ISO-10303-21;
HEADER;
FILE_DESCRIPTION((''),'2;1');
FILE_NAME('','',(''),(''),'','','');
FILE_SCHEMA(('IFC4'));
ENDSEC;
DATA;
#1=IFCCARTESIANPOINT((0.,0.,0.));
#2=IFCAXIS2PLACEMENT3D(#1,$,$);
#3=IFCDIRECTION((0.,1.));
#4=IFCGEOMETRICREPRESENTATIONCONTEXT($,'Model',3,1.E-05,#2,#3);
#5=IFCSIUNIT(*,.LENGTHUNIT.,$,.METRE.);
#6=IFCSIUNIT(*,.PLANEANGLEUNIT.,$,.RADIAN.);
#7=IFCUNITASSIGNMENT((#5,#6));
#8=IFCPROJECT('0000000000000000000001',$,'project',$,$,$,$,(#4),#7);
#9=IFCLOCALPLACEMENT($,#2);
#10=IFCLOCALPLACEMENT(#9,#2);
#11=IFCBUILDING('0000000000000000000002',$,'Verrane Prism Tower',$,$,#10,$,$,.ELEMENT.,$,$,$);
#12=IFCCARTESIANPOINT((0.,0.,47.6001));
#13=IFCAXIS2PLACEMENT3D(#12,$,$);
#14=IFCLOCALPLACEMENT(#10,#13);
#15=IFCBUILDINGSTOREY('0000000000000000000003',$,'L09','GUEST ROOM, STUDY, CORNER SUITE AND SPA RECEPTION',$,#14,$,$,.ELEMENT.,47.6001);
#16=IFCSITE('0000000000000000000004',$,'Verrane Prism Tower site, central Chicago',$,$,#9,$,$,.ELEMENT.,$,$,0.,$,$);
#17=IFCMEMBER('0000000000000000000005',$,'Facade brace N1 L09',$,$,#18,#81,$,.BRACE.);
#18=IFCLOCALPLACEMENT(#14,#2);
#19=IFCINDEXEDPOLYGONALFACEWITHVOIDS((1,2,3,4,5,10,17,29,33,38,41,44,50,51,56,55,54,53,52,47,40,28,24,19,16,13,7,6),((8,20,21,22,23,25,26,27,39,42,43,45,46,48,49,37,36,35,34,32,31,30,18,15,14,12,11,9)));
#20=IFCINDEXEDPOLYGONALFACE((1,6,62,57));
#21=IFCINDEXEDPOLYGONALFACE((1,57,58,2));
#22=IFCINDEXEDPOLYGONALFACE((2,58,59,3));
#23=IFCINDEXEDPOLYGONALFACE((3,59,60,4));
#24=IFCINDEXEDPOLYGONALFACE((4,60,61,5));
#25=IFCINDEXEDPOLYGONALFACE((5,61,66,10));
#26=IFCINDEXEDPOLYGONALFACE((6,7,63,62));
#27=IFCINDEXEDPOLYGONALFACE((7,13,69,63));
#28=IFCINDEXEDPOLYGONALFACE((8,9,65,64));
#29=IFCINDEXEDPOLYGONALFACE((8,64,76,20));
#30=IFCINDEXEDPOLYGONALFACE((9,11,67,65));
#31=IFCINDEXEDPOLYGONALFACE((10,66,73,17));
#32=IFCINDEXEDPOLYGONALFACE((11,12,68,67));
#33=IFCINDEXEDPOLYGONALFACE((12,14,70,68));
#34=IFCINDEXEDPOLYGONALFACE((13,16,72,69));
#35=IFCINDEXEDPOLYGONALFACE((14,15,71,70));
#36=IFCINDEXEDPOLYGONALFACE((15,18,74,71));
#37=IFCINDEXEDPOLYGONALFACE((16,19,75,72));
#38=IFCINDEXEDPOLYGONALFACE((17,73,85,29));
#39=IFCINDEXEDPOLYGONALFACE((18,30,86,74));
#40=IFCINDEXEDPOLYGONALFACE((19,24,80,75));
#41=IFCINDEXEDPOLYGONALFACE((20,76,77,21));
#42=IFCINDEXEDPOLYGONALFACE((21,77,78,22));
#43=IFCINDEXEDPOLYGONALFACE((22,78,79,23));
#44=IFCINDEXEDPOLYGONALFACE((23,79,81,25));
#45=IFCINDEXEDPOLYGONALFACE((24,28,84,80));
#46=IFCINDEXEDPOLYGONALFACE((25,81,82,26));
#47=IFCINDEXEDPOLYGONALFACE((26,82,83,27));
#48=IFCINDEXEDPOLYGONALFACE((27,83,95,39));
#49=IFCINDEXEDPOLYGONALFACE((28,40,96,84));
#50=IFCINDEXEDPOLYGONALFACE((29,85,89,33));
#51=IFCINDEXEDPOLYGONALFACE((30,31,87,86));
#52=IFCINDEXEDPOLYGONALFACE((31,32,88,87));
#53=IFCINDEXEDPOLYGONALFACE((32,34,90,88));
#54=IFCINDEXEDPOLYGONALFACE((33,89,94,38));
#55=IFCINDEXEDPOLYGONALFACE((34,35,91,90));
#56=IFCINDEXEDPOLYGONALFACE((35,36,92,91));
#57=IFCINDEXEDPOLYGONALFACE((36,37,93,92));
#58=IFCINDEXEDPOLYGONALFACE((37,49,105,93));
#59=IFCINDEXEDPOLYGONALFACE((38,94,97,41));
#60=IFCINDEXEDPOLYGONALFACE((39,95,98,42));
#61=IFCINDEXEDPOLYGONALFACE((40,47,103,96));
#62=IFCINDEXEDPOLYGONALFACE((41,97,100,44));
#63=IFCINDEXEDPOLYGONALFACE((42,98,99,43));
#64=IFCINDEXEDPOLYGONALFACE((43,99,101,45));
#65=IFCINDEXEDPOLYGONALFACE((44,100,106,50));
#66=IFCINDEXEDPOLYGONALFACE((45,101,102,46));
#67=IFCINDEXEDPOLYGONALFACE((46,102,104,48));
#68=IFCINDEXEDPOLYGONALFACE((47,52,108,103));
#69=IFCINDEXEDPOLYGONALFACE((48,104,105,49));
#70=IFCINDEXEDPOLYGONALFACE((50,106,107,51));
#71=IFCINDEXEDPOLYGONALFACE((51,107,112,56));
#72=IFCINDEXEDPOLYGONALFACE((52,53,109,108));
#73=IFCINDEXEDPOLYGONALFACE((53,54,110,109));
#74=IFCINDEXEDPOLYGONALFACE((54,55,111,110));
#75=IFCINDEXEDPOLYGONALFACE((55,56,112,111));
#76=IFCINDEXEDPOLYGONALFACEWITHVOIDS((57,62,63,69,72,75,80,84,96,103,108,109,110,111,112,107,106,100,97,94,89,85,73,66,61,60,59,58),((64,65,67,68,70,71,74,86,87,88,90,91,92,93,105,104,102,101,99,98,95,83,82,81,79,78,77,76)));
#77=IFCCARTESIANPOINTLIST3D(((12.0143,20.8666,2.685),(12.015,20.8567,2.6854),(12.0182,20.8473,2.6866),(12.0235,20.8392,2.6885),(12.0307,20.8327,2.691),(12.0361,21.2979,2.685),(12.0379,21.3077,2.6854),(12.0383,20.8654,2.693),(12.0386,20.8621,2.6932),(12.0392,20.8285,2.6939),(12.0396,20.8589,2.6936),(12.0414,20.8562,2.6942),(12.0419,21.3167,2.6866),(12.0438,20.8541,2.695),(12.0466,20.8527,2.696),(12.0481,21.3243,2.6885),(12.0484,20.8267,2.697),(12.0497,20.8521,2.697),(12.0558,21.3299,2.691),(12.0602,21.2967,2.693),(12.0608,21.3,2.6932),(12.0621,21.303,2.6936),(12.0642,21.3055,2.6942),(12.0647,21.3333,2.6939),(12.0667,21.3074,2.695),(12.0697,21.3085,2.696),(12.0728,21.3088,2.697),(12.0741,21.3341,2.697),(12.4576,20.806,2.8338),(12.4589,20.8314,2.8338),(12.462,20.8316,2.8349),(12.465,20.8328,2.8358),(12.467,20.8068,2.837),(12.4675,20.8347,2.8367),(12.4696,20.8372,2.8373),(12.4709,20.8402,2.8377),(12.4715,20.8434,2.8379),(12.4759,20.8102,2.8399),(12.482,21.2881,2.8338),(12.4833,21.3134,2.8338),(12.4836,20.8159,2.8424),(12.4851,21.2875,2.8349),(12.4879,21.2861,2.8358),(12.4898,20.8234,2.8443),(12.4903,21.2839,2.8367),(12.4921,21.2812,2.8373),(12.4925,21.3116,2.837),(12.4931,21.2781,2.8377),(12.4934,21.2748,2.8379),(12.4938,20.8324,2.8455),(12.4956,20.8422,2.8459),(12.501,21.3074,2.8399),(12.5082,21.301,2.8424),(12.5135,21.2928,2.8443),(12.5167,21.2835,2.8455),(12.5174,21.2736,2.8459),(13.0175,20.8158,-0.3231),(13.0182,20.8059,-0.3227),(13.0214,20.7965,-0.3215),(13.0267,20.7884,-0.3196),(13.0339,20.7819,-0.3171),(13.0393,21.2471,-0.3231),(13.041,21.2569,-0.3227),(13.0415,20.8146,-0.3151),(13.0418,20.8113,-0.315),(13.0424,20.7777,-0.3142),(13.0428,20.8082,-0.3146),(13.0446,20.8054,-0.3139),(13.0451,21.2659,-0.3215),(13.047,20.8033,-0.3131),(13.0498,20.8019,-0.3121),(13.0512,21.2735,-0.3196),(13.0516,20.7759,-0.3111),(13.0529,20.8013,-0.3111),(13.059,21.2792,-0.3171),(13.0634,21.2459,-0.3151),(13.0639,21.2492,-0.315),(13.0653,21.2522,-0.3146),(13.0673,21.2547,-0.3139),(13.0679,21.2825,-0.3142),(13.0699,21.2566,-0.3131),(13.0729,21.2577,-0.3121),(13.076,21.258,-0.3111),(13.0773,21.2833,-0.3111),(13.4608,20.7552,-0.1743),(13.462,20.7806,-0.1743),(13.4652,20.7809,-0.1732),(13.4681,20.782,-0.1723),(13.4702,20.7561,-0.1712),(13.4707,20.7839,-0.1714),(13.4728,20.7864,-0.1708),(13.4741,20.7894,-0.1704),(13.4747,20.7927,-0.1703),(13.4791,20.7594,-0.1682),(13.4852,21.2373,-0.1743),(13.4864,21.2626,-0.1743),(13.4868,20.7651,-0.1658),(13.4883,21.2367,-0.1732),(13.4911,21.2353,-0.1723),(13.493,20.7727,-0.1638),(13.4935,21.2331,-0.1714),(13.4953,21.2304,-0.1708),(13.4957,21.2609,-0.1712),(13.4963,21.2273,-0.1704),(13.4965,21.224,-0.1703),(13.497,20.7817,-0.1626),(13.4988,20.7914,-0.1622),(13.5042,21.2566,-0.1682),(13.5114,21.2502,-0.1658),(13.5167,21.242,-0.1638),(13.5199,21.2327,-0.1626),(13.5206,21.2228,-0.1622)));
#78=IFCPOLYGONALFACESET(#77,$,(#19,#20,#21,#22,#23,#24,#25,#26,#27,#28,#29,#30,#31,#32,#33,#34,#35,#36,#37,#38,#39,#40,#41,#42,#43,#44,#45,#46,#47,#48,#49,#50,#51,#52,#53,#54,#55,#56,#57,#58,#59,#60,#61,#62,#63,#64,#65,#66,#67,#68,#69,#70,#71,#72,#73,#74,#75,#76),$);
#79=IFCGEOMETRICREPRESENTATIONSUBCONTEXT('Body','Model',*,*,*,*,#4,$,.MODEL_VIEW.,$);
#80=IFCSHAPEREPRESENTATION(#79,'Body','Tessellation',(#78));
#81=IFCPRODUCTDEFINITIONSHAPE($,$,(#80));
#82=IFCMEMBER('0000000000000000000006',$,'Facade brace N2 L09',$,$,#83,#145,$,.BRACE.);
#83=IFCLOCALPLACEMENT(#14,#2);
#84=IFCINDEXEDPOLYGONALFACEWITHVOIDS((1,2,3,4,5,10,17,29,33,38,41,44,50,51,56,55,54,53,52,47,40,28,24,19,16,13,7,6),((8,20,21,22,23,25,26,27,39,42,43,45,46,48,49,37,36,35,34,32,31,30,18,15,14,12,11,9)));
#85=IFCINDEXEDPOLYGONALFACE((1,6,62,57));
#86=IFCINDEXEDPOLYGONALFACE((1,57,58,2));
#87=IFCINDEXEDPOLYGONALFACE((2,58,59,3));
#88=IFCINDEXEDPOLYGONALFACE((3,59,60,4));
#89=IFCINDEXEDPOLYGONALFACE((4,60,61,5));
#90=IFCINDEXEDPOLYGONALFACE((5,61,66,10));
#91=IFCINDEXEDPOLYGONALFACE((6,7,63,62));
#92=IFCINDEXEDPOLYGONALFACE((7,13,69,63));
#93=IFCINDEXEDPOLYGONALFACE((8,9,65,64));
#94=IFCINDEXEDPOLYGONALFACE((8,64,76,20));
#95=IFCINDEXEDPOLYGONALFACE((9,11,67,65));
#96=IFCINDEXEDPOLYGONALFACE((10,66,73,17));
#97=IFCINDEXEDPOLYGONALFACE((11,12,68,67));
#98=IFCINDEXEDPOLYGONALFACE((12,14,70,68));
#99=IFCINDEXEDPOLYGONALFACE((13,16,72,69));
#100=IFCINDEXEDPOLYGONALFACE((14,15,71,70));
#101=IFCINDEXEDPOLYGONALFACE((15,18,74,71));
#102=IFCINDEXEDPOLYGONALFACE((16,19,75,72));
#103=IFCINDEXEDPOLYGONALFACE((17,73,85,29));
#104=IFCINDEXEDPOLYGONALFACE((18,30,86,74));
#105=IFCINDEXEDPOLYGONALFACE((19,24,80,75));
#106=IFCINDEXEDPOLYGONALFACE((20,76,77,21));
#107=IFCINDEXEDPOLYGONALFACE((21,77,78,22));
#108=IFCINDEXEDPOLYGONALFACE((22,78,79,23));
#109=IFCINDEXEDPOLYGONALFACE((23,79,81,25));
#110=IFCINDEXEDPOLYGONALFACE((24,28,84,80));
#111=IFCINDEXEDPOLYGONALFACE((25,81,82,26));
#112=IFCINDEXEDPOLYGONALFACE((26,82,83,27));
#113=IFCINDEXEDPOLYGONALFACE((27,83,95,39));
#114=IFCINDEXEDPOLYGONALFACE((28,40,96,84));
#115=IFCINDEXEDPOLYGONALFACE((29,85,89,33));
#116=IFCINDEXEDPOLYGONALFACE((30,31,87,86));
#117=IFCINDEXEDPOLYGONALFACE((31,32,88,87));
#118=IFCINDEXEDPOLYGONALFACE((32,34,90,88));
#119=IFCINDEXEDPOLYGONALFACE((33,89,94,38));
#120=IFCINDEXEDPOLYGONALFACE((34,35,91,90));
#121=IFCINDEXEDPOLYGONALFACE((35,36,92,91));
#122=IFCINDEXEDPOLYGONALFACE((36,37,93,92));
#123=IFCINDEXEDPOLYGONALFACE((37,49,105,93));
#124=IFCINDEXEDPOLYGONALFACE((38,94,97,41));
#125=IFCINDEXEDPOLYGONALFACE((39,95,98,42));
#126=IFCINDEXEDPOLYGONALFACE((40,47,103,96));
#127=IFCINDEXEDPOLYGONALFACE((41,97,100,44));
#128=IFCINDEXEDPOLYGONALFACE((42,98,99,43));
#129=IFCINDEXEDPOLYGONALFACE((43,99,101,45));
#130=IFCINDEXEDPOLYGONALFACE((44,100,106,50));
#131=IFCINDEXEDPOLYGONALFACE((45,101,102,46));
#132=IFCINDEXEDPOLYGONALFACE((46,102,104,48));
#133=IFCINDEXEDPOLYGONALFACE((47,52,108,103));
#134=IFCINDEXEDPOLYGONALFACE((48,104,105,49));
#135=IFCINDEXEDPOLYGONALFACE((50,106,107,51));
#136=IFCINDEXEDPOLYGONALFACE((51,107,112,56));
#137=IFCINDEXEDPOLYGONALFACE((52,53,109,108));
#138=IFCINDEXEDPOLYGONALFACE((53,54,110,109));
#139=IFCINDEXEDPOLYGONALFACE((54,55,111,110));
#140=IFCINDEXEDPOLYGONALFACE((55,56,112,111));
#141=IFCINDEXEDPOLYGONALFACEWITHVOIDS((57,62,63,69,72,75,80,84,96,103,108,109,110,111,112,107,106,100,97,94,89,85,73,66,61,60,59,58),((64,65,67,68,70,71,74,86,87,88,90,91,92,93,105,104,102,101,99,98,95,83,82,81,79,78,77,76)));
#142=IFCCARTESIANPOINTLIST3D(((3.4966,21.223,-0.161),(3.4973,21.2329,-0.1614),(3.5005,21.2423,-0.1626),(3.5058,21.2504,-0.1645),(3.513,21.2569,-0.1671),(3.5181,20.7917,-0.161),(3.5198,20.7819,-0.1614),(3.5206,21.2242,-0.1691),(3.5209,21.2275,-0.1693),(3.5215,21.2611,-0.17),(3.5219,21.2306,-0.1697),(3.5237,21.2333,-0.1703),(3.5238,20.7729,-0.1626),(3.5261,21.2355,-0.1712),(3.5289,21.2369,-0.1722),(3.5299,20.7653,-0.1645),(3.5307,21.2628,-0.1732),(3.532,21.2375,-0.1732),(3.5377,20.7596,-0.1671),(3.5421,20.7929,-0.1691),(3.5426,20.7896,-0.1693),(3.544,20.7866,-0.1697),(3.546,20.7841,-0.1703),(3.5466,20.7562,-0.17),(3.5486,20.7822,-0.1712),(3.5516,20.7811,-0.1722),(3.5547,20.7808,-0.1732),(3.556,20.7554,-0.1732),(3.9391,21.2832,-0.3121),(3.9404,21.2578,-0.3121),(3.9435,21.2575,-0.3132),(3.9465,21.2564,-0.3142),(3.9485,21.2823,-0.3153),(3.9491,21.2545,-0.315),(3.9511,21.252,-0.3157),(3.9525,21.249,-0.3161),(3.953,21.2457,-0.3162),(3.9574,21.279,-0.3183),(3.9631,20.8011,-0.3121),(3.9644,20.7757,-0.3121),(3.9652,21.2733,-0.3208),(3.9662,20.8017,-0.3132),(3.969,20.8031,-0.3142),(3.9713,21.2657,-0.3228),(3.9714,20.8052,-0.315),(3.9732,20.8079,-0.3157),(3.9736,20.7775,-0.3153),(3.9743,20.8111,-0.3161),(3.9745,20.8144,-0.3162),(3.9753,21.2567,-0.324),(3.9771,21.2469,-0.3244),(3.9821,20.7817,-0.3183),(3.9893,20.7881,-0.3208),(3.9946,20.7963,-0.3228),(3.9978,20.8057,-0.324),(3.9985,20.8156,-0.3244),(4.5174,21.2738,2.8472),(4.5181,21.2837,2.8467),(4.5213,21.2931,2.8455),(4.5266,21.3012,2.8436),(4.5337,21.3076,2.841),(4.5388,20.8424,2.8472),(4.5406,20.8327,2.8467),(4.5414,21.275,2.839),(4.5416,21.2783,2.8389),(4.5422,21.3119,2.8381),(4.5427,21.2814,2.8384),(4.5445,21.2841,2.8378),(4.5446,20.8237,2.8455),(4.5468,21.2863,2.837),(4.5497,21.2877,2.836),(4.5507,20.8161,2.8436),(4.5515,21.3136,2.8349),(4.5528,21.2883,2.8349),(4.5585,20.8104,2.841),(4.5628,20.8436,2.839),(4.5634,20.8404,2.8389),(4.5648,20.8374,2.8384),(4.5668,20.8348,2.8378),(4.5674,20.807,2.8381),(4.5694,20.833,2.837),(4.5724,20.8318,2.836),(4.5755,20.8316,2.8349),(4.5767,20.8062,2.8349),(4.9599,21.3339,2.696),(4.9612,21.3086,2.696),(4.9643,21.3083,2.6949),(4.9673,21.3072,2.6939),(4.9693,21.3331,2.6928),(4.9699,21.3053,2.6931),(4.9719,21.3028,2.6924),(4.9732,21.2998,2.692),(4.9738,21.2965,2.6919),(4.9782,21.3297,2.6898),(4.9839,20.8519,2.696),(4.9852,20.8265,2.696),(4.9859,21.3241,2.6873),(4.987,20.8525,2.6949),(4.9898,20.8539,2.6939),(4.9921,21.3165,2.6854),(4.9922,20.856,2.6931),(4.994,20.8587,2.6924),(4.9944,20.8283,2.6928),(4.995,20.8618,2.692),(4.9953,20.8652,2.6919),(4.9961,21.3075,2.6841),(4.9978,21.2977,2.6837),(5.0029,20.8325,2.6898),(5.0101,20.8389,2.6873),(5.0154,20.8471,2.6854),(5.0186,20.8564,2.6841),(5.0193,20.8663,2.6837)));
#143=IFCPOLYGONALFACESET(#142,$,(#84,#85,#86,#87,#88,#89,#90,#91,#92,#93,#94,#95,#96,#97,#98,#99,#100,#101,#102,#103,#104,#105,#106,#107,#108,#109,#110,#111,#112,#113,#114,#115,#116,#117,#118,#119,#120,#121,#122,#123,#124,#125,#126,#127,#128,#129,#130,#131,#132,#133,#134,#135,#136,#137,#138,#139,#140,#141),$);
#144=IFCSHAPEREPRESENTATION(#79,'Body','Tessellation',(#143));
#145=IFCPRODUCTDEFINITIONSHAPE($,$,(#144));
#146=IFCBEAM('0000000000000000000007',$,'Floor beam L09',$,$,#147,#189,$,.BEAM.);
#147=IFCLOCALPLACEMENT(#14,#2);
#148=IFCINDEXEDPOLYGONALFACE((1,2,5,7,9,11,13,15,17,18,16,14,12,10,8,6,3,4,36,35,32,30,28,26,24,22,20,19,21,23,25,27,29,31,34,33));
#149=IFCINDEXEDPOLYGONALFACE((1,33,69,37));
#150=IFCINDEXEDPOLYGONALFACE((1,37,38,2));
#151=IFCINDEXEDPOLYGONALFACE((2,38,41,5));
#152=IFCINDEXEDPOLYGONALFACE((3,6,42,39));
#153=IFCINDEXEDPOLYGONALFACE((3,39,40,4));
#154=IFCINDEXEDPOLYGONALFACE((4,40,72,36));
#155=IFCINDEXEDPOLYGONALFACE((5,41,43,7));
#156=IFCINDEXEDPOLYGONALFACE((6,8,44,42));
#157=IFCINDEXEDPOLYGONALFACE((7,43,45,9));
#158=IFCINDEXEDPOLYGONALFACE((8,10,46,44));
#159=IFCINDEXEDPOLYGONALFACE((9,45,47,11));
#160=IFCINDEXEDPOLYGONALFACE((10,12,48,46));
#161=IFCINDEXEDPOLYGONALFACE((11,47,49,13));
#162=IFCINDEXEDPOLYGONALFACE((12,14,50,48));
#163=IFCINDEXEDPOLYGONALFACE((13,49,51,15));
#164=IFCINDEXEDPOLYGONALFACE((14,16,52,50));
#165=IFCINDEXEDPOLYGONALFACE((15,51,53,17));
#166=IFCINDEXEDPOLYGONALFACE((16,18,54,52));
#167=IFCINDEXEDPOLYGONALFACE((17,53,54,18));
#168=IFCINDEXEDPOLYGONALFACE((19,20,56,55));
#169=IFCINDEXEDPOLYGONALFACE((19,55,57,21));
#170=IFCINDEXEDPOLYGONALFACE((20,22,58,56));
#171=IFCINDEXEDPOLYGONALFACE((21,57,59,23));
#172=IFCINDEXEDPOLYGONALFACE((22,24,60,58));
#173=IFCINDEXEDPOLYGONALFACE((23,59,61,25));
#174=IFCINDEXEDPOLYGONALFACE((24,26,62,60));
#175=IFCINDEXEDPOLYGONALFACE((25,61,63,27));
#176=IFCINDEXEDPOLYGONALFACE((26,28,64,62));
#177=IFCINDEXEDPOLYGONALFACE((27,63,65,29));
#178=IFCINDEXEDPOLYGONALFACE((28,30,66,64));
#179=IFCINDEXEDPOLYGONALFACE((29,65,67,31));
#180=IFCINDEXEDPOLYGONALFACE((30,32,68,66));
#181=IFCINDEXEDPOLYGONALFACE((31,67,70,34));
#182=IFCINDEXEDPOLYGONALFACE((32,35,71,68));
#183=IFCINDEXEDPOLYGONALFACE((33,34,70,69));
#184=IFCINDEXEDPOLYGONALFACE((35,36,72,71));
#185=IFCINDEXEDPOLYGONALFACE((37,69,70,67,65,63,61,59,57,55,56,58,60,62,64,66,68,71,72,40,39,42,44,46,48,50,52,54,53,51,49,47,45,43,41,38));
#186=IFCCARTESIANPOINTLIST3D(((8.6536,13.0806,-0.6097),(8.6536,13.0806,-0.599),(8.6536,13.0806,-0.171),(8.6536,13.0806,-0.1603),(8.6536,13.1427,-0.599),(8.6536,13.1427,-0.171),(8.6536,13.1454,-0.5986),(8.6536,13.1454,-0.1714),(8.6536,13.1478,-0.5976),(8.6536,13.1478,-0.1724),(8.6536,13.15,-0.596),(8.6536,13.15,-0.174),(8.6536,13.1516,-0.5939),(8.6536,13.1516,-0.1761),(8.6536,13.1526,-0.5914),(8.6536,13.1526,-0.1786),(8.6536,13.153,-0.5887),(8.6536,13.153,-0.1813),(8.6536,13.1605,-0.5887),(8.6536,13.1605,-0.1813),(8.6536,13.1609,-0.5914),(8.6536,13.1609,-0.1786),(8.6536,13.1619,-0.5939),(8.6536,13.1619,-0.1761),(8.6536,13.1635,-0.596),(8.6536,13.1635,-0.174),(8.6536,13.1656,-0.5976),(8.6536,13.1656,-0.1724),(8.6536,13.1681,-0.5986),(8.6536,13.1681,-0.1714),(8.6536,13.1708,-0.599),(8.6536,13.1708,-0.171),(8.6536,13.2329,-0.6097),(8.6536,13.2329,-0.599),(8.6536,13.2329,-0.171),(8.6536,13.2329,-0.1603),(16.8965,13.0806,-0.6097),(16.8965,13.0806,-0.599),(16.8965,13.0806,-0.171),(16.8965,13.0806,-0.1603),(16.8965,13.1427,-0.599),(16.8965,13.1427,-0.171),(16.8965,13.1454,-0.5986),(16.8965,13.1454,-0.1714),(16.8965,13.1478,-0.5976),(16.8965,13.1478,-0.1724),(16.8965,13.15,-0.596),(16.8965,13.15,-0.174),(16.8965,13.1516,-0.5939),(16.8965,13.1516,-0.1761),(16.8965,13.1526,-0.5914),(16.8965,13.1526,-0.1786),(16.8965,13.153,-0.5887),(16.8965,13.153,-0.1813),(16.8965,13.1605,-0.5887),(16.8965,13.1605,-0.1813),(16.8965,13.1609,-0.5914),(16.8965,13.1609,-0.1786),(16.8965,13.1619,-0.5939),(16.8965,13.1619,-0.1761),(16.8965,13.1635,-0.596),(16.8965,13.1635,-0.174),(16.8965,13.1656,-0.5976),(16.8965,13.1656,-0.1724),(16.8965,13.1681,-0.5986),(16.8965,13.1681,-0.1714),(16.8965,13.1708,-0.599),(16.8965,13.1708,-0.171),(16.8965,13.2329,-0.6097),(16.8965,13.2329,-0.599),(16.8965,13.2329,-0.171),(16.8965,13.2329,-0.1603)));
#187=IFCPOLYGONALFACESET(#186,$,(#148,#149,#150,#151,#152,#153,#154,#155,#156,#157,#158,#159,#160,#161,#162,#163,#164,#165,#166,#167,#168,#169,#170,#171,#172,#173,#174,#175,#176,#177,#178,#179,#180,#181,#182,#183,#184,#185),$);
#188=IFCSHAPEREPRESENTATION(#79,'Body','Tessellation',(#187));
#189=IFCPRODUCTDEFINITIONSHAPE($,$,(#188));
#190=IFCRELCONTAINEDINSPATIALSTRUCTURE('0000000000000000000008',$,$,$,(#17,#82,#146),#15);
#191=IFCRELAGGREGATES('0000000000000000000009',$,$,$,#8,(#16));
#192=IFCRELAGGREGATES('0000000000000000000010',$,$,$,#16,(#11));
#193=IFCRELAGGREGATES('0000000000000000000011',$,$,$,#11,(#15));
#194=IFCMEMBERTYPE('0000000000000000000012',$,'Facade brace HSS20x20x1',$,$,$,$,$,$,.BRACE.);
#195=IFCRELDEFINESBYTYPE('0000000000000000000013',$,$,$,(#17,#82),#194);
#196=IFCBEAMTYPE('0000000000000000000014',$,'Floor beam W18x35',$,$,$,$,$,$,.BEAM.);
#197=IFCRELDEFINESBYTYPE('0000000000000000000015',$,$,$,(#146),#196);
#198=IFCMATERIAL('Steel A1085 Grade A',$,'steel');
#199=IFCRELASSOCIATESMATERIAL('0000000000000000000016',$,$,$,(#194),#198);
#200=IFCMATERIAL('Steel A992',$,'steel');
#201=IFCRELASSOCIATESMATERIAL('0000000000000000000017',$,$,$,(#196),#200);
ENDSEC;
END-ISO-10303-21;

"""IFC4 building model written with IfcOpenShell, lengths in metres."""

from ifc_helpers import new_model, si_unit, direction, frame, origin, origin_2d, place, context, subcontext, project, spatial, hollow_rectangle, i_section, extrude, material, material_profile, profile_set, type_object, element, save


model = new_model("IFC4")

# Units and contexts
model_context = context("Model", 3, precision=1e-05, world=origin(), true_north=direction((0.0, 1.0)))
body_context = subcontext(model_context, "Body", "Model", "MODEL_VIEW")
ifc_project = project(units=[si_unit("LENGTHUNIT", "METRE"), si_unit("PLANEANGLEUNIT", "RADIAN")], contexts=[model_context])

# Site, building, storey
site_placement = place(None, origin())
site = spatial("IfcSite", under=ifc_project, at=site_placement, Name="Verrane Prism Tower site, central Chicago", CompositionType="ELEMENT", RefElevation=0.0)
building_placement = place(site_placement, origin())
building = spatial("IfcBuilding", under=site, at=building_placement, Name="Verrane Prism Tower", CompositionType="ELEMENT")
storey_placement = place(building_placement, frame((0.0, 0.0, 47.6001)))
storey = spatial("IfcBuildingStorey", under=building, at=storey_placement, Name="L09", Description="GUEST ROOM, STUDY, CORNER SUITE AND SPA RECEPTION", CompositionType="ELEMENT", Elevation=47.6001)

# Members
ifc_material_1 = material(Name="Steel A1085 Grade A", Category="steel")
ifc_material_profile_1 = material_profile(ifc_material_1, hollow_rectangle(XDim=0.5081, YDim=0.5081, WallThickness=0.0254, InnerFilletRadius=0.0127, OuterFilletRadius=0.0381, at=origin_2d()), Name="HSS20x20x1")
ifc_profile_set_1 = profile_set([ifc_material_profile_1], Name="Steel A1085 Grade A")
member_type_1 = type_object("IfcMemberType", Name="Facade brace HSS20x20x1", PredefinedType="BRACE", material=ifc_profile_set_1)
member_1_placement = place(storey_placement, frame((13.269, 21.0193, -0.2427), z_axis=(-0.316326, 0.016013, 0.948515), x_axis=(-0.050556, -0.998721, 0.0)))
element("IfcMember", 1, at=member_1_placement, inside=storey, type_object=member_type_1, Name="Facade brace N1 L09", PredefinedType="BRACE", context=body_context, shape_type="SweptSolid", body=[
    extrude(hollow_rectangle(XDim=0.5081, YDim=0.5081, WallThickness=0.0254, InnerFilletRadius=0.0127, OuterFilletRadius=0.0381, at=origin_2d()), origin(), (0.0, 0.0, 1.0), 3.1714),
])
member_2_placement = place(storey_placement, frame((3.7476, 21.0193, -0.2427), z_axis=(0.321301, 0.015984, 0.946842), x_axis=(-0.049687, 0.998765, 0.0)))
element("IfcMember", 2, at=member_2_placement, inside=storey, type_object=member_type_1, Name="Facade brace N2 L09", PredefinedType="BRACE", context=body_context, shape_type="SweptSolid", body=[
    extrude(hollow_rectangle(XDim=0.5081, YDim=0.5081, WallThickness=0.0254, InnerFilletRadius=0.0127, OuterFilletRadius=0.0381, at=origin_2d()), origin(), (0.0, 0.0, 1.0), 3.177),
])

# Beam
ifc_material_2 = material(Name="Steel A992", Category="steel")
ifc_material_profile_2 = material_profile(ifc_material_2, i_section(OverallWidth=0.1523, OverallDepth=0.4495, WebThickness=0.0076, FlangeThickness=0.0107, FilletRadius=0.0103, at=origin_2d()), Name="W18x35")
ifc_profile_set_2 = profile_set([ifc_material_profile_2], Name="Steel A992")
beam_type_1 = type_object("IfcBeamType", Name="Floor beam W18x35", PredefinedType="BEAM", material=ifc_profile_set_2)
for number, where, z_axis, x_axis, name in (
    (3, (8.6536, 13.1567, -0.385), (1.0, 0.0, 0.0), (0.0, 1.0, 0.0), "Floor beam L09"),
):
    element("IfcBeam", number, at=place(storey_placement, frame(where, z_axis=z_axis, x_axis=x_axis)), inside=storey, type_object=beam_type_1, Name=name, PredefinedType="BEAM", context=body_context, shape_type="SweptSolid", body=[
        extrude(i_section(OverallWidth=0.1523, OverallDepth=0.4495, WebThickness=0.0076, FlangeThickness=0.0107, FilletRadius=0.0103, at=origin_2d()), origin(), (0.0, 0.0, 1.0), 8.2429),
    ])

save(model, "model.ifc")
